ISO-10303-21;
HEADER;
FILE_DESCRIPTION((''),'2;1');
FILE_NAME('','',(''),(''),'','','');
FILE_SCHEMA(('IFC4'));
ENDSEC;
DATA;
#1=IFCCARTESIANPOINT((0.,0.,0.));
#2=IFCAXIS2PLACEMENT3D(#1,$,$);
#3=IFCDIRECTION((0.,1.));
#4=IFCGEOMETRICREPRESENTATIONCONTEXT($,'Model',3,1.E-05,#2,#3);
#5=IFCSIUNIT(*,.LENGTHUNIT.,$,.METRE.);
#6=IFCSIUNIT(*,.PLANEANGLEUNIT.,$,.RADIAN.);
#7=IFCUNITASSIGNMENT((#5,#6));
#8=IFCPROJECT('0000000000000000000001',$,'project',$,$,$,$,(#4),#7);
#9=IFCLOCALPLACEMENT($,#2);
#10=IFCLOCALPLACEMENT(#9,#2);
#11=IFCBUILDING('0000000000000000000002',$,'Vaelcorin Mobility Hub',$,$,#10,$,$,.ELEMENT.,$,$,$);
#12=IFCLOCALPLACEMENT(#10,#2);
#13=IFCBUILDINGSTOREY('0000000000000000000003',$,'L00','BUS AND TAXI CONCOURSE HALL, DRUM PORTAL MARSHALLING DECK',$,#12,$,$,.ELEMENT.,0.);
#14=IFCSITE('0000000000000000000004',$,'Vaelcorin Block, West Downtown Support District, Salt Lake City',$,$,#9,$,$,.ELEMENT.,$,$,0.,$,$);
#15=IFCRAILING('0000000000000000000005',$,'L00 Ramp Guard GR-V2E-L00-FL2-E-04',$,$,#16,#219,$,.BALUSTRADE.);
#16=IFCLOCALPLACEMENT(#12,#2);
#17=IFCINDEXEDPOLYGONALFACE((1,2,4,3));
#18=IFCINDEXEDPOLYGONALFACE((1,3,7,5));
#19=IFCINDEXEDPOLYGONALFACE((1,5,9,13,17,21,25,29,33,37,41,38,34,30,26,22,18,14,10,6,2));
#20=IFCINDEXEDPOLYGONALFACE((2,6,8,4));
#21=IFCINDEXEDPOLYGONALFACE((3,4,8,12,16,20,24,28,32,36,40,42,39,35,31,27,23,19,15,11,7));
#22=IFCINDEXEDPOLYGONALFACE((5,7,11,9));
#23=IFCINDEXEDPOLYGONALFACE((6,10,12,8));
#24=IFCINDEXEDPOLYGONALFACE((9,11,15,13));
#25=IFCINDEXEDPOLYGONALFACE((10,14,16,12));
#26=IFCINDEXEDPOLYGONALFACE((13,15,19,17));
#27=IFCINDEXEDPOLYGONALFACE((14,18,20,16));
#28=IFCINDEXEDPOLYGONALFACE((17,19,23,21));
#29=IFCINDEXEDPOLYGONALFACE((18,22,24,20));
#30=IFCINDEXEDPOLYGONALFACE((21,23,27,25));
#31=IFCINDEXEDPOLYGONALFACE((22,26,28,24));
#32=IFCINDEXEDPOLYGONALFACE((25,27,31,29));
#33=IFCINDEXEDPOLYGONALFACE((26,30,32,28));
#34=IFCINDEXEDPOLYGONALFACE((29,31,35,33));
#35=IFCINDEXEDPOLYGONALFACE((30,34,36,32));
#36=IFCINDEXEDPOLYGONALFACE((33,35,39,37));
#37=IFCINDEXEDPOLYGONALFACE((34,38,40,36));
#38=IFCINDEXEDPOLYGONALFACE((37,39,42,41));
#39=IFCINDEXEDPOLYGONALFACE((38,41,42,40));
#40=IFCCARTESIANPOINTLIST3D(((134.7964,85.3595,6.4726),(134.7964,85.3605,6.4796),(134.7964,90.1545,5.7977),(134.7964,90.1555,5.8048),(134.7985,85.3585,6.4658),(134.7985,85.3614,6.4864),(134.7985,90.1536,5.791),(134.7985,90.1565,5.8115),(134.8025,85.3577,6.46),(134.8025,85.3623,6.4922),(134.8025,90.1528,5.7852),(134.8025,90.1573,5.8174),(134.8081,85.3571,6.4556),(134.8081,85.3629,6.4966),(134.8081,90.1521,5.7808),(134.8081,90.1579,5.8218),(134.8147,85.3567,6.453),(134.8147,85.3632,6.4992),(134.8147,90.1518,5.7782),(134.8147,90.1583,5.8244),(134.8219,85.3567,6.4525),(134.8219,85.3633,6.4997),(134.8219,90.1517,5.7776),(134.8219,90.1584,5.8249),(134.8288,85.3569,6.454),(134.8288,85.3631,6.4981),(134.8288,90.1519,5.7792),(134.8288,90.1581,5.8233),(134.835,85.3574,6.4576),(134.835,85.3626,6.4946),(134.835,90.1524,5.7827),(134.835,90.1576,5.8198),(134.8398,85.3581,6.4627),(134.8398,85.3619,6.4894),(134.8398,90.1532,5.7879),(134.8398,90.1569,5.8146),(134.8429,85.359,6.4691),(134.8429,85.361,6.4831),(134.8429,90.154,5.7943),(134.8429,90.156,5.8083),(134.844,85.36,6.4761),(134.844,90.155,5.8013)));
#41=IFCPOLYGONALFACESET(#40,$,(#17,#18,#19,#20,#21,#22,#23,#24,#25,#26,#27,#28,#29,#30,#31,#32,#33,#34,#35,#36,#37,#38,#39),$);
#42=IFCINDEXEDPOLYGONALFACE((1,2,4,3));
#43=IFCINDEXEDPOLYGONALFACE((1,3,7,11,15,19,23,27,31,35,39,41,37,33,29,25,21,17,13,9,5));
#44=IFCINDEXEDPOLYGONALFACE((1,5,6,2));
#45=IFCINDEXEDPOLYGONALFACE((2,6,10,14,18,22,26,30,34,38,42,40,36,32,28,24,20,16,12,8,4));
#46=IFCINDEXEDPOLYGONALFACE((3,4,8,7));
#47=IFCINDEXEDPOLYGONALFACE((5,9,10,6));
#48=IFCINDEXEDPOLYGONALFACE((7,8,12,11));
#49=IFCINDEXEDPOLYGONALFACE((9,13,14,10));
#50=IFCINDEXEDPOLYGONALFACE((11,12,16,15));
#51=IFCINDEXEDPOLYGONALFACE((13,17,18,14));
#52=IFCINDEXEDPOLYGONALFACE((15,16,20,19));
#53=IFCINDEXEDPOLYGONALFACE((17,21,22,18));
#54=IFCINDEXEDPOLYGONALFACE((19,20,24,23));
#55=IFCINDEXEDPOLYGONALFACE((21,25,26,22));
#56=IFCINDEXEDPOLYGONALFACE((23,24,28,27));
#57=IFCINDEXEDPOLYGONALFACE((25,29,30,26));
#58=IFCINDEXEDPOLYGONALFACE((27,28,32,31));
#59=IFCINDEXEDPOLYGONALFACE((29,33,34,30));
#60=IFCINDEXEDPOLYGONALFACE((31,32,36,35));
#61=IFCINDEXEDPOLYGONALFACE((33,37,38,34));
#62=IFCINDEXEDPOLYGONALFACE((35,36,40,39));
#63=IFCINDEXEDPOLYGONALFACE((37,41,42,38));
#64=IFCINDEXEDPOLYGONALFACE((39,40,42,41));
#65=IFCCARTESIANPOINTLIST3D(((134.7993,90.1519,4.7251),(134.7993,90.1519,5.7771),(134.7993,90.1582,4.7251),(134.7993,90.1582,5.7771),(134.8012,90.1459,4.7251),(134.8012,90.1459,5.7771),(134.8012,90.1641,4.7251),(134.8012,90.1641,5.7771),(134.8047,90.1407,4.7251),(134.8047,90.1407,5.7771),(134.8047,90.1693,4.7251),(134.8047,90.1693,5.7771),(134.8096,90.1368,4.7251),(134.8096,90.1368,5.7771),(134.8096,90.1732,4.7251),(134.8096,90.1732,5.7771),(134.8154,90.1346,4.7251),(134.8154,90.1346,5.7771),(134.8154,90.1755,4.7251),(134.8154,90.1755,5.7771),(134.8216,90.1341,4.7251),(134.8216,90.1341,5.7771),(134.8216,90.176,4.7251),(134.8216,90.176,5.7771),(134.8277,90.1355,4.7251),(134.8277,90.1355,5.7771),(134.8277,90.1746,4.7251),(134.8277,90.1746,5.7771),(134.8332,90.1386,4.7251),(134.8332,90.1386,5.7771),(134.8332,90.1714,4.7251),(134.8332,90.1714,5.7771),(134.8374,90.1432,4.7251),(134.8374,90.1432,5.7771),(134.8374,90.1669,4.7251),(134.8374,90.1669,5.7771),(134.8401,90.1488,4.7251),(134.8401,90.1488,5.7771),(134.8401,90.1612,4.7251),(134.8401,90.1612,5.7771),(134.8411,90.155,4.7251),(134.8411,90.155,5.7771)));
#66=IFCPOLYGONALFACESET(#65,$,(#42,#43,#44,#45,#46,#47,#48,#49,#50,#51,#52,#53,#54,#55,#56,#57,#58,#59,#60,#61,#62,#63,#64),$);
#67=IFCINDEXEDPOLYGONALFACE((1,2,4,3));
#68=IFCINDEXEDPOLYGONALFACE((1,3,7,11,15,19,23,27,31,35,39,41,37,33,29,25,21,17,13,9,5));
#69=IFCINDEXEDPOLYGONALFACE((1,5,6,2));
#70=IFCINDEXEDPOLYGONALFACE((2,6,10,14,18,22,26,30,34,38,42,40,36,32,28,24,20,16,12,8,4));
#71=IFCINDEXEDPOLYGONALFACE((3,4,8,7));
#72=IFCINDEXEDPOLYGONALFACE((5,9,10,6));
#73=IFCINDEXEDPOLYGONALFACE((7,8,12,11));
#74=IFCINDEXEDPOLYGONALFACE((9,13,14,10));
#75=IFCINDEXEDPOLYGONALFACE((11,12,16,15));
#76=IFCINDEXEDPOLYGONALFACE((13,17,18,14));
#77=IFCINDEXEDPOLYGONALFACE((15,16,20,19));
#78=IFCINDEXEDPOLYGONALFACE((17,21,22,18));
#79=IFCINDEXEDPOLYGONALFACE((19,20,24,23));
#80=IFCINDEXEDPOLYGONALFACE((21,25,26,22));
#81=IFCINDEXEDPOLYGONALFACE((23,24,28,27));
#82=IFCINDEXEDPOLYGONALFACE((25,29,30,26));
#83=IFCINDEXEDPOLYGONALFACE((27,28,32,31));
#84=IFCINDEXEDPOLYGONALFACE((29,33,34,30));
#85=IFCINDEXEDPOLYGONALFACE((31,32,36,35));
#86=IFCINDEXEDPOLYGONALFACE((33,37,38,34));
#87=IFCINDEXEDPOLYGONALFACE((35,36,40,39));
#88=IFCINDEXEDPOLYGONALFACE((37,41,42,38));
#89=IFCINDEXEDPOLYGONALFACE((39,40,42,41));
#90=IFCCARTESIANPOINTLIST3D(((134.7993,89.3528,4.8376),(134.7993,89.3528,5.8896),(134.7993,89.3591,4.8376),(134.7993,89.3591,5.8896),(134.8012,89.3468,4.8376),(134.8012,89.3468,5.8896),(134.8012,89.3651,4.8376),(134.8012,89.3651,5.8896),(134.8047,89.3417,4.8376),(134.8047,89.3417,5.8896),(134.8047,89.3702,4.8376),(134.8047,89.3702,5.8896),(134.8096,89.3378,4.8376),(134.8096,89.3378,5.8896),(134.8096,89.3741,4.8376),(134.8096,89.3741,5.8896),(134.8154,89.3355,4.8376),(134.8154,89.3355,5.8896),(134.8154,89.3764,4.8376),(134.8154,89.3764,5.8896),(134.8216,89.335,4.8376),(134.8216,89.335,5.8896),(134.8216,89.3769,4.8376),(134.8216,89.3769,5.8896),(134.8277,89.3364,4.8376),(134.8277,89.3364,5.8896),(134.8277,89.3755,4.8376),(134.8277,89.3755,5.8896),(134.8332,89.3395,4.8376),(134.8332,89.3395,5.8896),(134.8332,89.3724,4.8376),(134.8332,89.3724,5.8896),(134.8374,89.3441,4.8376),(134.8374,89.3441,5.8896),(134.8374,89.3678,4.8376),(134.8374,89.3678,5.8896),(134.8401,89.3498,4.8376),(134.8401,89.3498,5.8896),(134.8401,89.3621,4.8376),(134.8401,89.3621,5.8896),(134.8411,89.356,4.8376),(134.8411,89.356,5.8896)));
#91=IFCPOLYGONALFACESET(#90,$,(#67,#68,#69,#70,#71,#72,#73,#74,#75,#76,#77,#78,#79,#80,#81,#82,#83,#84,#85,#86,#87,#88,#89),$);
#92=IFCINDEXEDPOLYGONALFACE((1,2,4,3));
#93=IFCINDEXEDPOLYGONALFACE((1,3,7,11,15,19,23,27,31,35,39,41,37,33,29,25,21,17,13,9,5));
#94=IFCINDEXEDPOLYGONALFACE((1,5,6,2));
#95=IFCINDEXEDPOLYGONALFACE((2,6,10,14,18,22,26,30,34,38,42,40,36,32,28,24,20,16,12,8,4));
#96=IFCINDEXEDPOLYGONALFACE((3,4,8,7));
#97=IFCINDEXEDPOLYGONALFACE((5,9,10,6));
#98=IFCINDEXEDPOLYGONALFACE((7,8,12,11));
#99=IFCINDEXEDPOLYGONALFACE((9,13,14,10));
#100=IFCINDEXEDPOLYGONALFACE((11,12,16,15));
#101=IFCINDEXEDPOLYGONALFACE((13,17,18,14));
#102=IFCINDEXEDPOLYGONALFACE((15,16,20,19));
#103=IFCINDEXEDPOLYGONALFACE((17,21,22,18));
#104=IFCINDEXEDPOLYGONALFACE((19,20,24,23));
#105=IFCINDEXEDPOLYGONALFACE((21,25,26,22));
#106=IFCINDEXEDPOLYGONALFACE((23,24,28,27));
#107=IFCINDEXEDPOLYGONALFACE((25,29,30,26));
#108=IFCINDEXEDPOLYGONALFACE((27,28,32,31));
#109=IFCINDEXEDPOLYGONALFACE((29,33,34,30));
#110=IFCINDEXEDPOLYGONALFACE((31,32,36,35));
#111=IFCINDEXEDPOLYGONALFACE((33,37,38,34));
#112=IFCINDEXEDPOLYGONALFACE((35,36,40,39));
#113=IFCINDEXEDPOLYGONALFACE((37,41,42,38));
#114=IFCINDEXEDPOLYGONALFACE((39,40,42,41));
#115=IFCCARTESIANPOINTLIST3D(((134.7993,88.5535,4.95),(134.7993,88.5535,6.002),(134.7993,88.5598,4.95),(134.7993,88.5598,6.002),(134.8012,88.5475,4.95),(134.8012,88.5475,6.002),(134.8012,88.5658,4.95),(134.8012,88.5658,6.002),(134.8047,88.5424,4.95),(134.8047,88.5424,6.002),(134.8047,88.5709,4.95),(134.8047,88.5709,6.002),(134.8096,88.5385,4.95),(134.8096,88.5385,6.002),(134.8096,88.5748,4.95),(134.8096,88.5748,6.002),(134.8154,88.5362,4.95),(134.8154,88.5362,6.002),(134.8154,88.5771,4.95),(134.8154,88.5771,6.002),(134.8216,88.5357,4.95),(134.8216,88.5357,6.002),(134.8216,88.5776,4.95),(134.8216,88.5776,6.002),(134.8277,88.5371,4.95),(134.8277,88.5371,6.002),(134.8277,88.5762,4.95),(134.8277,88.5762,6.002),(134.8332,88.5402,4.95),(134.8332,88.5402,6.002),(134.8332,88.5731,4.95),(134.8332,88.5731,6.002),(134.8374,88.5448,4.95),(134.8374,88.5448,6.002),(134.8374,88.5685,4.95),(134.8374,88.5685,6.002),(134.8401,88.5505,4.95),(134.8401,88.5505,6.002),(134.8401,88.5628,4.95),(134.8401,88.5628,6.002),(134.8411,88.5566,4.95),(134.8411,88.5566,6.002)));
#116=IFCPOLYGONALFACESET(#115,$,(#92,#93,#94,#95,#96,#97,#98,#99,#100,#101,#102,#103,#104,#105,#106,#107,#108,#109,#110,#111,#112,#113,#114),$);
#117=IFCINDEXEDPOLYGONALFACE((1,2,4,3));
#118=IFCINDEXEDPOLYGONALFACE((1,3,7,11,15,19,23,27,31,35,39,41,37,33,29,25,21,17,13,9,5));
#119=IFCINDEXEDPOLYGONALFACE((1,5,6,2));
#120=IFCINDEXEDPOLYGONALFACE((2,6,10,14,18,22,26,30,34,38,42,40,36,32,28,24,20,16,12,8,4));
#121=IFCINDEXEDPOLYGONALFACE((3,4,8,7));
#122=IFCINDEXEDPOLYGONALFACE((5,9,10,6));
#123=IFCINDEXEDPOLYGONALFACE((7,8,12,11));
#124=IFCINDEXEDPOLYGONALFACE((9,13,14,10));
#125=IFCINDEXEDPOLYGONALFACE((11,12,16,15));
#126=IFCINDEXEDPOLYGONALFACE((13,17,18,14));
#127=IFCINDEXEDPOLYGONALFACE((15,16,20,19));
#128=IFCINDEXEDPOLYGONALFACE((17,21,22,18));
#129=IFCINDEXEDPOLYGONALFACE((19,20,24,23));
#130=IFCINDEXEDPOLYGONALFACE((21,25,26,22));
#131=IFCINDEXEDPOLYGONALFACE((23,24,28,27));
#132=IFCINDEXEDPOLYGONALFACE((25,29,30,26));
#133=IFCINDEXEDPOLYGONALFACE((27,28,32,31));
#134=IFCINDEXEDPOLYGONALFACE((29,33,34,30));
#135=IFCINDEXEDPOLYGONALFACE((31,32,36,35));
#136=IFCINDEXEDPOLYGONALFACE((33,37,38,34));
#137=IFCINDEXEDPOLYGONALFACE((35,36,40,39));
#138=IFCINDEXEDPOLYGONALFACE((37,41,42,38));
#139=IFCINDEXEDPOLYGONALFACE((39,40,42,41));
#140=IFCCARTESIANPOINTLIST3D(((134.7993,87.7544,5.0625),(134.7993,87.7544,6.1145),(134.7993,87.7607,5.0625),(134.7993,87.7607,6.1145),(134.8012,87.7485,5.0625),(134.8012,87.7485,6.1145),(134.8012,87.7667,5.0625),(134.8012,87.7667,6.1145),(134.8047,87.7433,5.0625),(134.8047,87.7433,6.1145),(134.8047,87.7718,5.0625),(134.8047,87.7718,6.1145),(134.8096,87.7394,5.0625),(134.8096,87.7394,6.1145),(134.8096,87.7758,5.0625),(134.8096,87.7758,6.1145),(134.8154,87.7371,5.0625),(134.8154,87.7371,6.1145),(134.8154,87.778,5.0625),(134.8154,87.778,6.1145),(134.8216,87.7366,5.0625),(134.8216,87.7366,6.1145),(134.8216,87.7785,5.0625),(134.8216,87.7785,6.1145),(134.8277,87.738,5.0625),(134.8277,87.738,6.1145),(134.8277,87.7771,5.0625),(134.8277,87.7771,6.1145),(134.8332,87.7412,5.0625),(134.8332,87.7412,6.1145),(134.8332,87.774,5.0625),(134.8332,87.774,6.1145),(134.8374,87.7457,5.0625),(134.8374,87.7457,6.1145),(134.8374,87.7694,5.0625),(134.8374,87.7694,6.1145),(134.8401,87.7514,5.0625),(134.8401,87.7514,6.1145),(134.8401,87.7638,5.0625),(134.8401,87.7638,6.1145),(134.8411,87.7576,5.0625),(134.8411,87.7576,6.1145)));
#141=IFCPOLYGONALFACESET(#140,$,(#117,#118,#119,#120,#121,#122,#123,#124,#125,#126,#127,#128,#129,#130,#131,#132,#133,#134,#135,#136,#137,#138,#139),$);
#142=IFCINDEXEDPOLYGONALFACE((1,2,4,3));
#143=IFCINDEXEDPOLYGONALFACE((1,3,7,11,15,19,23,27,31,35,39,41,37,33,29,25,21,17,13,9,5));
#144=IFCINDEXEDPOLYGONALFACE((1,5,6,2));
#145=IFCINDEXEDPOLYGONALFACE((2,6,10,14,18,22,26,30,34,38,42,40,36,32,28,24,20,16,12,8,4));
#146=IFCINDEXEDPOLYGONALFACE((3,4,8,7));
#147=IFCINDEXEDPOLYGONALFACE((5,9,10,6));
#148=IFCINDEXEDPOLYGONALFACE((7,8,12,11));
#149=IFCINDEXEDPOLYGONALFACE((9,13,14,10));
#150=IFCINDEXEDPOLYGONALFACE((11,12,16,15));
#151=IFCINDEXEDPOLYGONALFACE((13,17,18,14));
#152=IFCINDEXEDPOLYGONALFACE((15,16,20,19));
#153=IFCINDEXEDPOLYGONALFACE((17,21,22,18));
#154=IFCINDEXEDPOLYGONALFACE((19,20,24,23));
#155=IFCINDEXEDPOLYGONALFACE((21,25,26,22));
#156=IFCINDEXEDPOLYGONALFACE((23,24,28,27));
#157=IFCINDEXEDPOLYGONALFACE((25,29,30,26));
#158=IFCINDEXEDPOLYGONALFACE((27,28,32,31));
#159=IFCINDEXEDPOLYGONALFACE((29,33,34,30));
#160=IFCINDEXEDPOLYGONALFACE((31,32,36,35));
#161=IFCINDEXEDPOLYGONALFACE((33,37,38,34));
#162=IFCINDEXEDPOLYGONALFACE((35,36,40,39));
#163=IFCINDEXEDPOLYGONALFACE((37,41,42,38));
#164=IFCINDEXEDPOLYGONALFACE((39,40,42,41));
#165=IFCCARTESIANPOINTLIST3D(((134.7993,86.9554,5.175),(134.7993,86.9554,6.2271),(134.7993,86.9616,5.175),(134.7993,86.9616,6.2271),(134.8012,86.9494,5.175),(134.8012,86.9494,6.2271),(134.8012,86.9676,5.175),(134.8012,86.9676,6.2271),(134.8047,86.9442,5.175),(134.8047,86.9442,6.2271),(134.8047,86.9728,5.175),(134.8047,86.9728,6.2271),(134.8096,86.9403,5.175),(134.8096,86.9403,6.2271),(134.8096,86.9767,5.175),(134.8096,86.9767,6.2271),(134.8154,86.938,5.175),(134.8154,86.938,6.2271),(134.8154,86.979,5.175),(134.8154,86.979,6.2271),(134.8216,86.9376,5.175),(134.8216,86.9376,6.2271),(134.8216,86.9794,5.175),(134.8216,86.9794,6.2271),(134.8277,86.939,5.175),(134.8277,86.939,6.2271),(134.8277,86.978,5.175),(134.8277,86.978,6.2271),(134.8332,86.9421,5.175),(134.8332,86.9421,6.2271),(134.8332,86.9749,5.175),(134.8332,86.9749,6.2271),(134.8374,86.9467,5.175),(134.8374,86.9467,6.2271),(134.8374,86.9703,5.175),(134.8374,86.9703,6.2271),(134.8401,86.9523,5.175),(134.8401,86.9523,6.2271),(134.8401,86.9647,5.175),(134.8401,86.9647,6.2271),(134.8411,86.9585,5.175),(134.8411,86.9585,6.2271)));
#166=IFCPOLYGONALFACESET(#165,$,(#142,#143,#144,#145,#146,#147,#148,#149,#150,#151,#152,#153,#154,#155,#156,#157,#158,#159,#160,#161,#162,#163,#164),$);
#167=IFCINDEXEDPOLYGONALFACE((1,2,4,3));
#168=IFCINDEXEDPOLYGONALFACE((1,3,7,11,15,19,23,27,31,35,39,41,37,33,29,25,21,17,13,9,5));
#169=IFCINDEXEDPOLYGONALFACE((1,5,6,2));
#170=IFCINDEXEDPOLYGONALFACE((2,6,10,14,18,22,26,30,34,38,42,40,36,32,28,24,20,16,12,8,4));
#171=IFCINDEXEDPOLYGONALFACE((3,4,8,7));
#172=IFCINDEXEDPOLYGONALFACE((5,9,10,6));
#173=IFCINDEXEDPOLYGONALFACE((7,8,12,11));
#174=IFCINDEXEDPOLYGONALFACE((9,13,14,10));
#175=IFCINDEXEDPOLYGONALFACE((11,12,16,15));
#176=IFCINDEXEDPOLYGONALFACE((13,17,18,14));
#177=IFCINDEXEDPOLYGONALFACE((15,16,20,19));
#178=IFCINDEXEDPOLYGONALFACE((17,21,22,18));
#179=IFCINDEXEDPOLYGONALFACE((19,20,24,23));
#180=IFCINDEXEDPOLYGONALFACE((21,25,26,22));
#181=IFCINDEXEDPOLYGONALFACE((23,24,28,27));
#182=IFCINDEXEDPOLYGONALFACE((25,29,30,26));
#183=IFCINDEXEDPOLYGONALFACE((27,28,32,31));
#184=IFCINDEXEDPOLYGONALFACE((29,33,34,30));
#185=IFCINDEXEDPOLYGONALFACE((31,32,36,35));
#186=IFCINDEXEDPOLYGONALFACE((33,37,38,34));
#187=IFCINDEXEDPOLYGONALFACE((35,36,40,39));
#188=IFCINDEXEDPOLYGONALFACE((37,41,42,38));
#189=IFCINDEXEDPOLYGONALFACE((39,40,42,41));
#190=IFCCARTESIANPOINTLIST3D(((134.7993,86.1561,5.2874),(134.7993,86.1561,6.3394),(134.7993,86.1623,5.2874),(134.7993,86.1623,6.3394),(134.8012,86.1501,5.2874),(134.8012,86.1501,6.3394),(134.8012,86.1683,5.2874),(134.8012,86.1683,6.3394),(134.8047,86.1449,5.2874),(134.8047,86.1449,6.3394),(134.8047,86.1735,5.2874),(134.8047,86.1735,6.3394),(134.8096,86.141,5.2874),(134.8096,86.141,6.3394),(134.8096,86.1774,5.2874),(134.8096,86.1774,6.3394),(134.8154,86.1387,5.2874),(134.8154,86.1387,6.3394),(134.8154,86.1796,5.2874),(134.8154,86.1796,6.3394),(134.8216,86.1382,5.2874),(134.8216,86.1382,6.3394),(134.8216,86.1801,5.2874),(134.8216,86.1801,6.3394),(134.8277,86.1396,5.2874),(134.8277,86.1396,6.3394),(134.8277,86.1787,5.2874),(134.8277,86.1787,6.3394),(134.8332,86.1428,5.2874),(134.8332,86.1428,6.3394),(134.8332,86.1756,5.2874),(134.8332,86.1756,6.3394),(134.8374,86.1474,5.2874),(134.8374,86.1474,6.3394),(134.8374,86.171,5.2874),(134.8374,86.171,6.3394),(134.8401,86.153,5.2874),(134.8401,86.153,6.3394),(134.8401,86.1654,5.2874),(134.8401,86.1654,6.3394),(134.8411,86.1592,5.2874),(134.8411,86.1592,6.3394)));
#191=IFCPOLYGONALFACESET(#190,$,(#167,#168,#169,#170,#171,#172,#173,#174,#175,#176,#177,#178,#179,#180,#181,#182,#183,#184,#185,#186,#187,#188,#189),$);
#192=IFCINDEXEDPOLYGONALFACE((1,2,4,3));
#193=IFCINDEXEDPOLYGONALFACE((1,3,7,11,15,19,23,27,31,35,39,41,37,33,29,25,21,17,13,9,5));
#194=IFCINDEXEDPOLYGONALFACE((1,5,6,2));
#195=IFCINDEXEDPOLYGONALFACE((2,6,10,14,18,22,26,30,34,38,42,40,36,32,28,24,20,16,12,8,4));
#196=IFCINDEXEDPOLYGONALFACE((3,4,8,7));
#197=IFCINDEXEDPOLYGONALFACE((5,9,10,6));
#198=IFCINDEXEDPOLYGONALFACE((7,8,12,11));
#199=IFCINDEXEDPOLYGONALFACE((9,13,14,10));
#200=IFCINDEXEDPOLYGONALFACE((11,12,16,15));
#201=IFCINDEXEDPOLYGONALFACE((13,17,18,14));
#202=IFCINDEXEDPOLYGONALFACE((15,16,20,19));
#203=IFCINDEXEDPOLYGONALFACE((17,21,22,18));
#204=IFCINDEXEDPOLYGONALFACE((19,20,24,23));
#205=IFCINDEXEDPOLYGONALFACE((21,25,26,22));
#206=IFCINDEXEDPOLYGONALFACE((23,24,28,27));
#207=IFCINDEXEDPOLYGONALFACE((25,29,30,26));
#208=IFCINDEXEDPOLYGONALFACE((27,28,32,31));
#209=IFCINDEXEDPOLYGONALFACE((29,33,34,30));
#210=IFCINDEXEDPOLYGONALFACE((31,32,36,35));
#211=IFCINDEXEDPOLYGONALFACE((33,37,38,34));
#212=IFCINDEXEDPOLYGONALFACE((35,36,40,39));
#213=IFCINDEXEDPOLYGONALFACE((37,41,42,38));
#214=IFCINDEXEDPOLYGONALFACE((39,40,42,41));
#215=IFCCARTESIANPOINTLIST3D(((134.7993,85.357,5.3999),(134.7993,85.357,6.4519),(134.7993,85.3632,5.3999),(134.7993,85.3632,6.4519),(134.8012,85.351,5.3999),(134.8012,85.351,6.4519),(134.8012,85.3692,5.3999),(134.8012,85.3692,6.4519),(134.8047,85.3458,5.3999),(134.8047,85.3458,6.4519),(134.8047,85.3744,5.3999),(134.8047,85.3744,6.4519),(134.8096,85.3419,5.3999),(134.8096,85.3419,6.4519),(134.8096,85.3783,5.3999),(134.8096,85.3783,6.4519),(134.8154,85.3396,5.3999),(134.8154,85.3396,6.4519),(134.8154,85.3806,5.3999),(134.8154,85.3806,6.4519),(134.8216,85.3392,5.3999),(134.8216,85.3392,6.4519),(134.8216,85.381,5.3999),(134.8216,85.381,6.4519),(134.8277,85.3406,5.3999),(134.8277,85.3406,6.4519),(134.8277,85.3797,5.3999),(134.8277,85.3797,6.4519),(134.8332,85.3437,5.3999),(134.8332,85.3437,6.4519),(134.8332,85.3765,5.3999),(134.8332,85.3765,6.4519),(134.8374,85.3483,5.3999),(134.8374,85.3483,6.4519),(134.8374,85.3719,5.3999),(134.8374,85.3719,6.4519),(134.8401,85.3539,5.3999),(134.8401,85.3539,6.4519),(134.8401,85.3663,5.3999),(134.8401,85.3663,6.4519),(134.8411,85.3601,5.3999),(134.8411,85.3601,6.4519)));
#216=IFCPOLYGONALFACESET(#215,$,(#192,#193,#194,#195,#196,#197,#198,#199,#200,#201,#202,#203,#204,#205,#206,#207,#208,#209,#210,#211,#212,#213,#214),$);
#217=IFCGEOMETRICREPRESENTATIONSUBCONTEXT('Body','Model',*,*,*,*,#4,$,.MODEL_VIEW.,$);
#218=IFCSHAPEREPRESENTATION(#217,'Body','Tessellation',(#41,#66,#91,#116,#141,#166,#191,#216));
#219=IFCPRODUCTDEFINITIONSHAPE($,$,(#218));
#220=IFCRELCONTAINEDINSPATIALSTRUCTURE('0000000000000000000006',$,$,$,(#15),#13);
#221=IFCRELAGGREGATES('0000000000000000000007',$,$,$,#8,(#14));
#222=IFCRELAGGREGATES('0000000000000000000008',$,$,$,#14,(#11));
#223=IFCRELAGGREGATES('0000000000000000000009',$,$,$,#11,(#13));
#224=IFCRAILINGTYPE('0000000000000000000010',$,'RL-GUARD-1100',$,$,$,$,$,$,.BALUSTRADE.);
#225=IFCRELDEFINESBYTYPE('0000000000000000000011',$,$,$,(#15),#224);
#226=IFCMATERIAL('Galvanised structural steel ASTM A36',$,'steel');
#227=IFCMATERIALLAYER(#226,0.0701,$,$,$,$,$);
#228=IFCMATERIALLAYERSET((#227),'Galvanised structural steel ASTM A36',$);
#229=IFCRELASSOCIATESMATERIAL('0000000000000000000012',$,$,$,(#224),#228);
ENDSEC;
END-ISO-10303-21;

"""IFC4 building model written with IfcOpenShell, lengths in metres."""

from ifc_helpers import new_model, si_unit, direction, frame, origin, origin_2d, place, context, subcontext, project, spatial, circle, extrude, material, layer, layer_set, type_object, element, save


model = new_model("IFC4")

# Units and contexts
model_context = context("Model", 3, precision=1e-05, world=origin(), true_north=direction((0.0, 1.0)))
body_context = subcontext(model_context, "Body", "Model", "MODEL_VIEW")
ifc_project = project(units=[si_unit("LENGTHUNIT", "METRE"), si_unit("PLANEANGLEUNIT", "RADIAN")], contexts=[model_context])

# Site, building, storey
site_placement = place(None, origin())
site = spatial("IfcSite", under=ifc_project, at=site_placement, Name="Vaelcorin Block, West Downtown Support District, Salt Lake City", CompositionType="ELEMENT", RefElevation=0.0)
building_placement = place(site_placement, origin())
building = spatial("IfcBuilding", under=site, at=building_placement, Name="Vaelcorin Mobility Hub", CompositionType="ELEMENT")
storey_placement = place(building_placement, origin())
storey = spatial("IfcBuildingStorey", under=building, at=storey_placement, Name="L00", Description="BUS AND TAXI CONCOURSE HALL, DRUM PORTAL MARSHALLING DECK", CompositionType="ELEMENT", Elevation=0.0)

# Railing
ifc_material_1 = material(Name="Galvanised structural steel ASTM A36", Category="steel")
ifc_layer_1 = layer(ifc_material_1, 0.0701)
ifc_layer_set_1 = layer_set([ifc_layer_1], Name="Galvanised structural steel ASTM A36")
railing_type = type_object("IfcRailingType", Name="RL-GUARD-1100", PredefinedType="BALUSTRADE", material=ifc_layer_set_1)
railing_1_placement = place(storey_placement, frame((134.8201, 90.155, 4.7251)))
element("IfcRailing", 1, at=railing_1_placement, inside=storey, type_object=railing_type, Name="L00 Ramp Guard GR-V2E-L00-FL2-E-04", PredefinedType="BALUSTRADE", context=body_context, shape_type="SweptSolid", body=[
    extrude(circle(Radius=0.0239, at=origin_2d()), frame((0.0, 0.0, 1.0762), z_axis=(0.0, -0.990242, 0.13936), x_axis=(1.0, 0.0, 0.0)), (0.0, 0.0, 1.0), 4.8423),
    extrude(circle(Radius=0.021, at=origin_2d()), origin(), (0.0, 0.0, 1.0), 1.052),
    extrude(circle(Radius=0.021, at=origin_2d()), frame((0.0, -0.7991, 0.1125)), (0.0, 0.0, 1.0), 1.052),
    extrude(circle(Radius=0.021, at=origin_2d()), frame((0.0, -1.5984, 0.2249)), (0.0, 0.0, 1.0), 1.052),
    extrude(circle(Radius=0.021, at=origin_2d()), frame((0.0, -2.3975, 0.3374)), (0.0, 0.0, 1.0), 1.052),
    extrude(circle(Radius=0.021, at=origin_2d()), frame((0.0, -3.1965, 0.45)), (0.0, 0.0, 1.0), 1.052),
    extrude(circle(Radius=0.021, at=origin_2d()), frame((0.0, -3.9958, 0.5623)), (0.0, 0.0, 1.0), 1.052),
    extrude(circle(Radius=0.021, at=origin_2d()), frame((0.0, -4.7949, 0.6748)), (0.0, 0.0, 1.0), 1.052),
])

save(model, "model.ifc")
